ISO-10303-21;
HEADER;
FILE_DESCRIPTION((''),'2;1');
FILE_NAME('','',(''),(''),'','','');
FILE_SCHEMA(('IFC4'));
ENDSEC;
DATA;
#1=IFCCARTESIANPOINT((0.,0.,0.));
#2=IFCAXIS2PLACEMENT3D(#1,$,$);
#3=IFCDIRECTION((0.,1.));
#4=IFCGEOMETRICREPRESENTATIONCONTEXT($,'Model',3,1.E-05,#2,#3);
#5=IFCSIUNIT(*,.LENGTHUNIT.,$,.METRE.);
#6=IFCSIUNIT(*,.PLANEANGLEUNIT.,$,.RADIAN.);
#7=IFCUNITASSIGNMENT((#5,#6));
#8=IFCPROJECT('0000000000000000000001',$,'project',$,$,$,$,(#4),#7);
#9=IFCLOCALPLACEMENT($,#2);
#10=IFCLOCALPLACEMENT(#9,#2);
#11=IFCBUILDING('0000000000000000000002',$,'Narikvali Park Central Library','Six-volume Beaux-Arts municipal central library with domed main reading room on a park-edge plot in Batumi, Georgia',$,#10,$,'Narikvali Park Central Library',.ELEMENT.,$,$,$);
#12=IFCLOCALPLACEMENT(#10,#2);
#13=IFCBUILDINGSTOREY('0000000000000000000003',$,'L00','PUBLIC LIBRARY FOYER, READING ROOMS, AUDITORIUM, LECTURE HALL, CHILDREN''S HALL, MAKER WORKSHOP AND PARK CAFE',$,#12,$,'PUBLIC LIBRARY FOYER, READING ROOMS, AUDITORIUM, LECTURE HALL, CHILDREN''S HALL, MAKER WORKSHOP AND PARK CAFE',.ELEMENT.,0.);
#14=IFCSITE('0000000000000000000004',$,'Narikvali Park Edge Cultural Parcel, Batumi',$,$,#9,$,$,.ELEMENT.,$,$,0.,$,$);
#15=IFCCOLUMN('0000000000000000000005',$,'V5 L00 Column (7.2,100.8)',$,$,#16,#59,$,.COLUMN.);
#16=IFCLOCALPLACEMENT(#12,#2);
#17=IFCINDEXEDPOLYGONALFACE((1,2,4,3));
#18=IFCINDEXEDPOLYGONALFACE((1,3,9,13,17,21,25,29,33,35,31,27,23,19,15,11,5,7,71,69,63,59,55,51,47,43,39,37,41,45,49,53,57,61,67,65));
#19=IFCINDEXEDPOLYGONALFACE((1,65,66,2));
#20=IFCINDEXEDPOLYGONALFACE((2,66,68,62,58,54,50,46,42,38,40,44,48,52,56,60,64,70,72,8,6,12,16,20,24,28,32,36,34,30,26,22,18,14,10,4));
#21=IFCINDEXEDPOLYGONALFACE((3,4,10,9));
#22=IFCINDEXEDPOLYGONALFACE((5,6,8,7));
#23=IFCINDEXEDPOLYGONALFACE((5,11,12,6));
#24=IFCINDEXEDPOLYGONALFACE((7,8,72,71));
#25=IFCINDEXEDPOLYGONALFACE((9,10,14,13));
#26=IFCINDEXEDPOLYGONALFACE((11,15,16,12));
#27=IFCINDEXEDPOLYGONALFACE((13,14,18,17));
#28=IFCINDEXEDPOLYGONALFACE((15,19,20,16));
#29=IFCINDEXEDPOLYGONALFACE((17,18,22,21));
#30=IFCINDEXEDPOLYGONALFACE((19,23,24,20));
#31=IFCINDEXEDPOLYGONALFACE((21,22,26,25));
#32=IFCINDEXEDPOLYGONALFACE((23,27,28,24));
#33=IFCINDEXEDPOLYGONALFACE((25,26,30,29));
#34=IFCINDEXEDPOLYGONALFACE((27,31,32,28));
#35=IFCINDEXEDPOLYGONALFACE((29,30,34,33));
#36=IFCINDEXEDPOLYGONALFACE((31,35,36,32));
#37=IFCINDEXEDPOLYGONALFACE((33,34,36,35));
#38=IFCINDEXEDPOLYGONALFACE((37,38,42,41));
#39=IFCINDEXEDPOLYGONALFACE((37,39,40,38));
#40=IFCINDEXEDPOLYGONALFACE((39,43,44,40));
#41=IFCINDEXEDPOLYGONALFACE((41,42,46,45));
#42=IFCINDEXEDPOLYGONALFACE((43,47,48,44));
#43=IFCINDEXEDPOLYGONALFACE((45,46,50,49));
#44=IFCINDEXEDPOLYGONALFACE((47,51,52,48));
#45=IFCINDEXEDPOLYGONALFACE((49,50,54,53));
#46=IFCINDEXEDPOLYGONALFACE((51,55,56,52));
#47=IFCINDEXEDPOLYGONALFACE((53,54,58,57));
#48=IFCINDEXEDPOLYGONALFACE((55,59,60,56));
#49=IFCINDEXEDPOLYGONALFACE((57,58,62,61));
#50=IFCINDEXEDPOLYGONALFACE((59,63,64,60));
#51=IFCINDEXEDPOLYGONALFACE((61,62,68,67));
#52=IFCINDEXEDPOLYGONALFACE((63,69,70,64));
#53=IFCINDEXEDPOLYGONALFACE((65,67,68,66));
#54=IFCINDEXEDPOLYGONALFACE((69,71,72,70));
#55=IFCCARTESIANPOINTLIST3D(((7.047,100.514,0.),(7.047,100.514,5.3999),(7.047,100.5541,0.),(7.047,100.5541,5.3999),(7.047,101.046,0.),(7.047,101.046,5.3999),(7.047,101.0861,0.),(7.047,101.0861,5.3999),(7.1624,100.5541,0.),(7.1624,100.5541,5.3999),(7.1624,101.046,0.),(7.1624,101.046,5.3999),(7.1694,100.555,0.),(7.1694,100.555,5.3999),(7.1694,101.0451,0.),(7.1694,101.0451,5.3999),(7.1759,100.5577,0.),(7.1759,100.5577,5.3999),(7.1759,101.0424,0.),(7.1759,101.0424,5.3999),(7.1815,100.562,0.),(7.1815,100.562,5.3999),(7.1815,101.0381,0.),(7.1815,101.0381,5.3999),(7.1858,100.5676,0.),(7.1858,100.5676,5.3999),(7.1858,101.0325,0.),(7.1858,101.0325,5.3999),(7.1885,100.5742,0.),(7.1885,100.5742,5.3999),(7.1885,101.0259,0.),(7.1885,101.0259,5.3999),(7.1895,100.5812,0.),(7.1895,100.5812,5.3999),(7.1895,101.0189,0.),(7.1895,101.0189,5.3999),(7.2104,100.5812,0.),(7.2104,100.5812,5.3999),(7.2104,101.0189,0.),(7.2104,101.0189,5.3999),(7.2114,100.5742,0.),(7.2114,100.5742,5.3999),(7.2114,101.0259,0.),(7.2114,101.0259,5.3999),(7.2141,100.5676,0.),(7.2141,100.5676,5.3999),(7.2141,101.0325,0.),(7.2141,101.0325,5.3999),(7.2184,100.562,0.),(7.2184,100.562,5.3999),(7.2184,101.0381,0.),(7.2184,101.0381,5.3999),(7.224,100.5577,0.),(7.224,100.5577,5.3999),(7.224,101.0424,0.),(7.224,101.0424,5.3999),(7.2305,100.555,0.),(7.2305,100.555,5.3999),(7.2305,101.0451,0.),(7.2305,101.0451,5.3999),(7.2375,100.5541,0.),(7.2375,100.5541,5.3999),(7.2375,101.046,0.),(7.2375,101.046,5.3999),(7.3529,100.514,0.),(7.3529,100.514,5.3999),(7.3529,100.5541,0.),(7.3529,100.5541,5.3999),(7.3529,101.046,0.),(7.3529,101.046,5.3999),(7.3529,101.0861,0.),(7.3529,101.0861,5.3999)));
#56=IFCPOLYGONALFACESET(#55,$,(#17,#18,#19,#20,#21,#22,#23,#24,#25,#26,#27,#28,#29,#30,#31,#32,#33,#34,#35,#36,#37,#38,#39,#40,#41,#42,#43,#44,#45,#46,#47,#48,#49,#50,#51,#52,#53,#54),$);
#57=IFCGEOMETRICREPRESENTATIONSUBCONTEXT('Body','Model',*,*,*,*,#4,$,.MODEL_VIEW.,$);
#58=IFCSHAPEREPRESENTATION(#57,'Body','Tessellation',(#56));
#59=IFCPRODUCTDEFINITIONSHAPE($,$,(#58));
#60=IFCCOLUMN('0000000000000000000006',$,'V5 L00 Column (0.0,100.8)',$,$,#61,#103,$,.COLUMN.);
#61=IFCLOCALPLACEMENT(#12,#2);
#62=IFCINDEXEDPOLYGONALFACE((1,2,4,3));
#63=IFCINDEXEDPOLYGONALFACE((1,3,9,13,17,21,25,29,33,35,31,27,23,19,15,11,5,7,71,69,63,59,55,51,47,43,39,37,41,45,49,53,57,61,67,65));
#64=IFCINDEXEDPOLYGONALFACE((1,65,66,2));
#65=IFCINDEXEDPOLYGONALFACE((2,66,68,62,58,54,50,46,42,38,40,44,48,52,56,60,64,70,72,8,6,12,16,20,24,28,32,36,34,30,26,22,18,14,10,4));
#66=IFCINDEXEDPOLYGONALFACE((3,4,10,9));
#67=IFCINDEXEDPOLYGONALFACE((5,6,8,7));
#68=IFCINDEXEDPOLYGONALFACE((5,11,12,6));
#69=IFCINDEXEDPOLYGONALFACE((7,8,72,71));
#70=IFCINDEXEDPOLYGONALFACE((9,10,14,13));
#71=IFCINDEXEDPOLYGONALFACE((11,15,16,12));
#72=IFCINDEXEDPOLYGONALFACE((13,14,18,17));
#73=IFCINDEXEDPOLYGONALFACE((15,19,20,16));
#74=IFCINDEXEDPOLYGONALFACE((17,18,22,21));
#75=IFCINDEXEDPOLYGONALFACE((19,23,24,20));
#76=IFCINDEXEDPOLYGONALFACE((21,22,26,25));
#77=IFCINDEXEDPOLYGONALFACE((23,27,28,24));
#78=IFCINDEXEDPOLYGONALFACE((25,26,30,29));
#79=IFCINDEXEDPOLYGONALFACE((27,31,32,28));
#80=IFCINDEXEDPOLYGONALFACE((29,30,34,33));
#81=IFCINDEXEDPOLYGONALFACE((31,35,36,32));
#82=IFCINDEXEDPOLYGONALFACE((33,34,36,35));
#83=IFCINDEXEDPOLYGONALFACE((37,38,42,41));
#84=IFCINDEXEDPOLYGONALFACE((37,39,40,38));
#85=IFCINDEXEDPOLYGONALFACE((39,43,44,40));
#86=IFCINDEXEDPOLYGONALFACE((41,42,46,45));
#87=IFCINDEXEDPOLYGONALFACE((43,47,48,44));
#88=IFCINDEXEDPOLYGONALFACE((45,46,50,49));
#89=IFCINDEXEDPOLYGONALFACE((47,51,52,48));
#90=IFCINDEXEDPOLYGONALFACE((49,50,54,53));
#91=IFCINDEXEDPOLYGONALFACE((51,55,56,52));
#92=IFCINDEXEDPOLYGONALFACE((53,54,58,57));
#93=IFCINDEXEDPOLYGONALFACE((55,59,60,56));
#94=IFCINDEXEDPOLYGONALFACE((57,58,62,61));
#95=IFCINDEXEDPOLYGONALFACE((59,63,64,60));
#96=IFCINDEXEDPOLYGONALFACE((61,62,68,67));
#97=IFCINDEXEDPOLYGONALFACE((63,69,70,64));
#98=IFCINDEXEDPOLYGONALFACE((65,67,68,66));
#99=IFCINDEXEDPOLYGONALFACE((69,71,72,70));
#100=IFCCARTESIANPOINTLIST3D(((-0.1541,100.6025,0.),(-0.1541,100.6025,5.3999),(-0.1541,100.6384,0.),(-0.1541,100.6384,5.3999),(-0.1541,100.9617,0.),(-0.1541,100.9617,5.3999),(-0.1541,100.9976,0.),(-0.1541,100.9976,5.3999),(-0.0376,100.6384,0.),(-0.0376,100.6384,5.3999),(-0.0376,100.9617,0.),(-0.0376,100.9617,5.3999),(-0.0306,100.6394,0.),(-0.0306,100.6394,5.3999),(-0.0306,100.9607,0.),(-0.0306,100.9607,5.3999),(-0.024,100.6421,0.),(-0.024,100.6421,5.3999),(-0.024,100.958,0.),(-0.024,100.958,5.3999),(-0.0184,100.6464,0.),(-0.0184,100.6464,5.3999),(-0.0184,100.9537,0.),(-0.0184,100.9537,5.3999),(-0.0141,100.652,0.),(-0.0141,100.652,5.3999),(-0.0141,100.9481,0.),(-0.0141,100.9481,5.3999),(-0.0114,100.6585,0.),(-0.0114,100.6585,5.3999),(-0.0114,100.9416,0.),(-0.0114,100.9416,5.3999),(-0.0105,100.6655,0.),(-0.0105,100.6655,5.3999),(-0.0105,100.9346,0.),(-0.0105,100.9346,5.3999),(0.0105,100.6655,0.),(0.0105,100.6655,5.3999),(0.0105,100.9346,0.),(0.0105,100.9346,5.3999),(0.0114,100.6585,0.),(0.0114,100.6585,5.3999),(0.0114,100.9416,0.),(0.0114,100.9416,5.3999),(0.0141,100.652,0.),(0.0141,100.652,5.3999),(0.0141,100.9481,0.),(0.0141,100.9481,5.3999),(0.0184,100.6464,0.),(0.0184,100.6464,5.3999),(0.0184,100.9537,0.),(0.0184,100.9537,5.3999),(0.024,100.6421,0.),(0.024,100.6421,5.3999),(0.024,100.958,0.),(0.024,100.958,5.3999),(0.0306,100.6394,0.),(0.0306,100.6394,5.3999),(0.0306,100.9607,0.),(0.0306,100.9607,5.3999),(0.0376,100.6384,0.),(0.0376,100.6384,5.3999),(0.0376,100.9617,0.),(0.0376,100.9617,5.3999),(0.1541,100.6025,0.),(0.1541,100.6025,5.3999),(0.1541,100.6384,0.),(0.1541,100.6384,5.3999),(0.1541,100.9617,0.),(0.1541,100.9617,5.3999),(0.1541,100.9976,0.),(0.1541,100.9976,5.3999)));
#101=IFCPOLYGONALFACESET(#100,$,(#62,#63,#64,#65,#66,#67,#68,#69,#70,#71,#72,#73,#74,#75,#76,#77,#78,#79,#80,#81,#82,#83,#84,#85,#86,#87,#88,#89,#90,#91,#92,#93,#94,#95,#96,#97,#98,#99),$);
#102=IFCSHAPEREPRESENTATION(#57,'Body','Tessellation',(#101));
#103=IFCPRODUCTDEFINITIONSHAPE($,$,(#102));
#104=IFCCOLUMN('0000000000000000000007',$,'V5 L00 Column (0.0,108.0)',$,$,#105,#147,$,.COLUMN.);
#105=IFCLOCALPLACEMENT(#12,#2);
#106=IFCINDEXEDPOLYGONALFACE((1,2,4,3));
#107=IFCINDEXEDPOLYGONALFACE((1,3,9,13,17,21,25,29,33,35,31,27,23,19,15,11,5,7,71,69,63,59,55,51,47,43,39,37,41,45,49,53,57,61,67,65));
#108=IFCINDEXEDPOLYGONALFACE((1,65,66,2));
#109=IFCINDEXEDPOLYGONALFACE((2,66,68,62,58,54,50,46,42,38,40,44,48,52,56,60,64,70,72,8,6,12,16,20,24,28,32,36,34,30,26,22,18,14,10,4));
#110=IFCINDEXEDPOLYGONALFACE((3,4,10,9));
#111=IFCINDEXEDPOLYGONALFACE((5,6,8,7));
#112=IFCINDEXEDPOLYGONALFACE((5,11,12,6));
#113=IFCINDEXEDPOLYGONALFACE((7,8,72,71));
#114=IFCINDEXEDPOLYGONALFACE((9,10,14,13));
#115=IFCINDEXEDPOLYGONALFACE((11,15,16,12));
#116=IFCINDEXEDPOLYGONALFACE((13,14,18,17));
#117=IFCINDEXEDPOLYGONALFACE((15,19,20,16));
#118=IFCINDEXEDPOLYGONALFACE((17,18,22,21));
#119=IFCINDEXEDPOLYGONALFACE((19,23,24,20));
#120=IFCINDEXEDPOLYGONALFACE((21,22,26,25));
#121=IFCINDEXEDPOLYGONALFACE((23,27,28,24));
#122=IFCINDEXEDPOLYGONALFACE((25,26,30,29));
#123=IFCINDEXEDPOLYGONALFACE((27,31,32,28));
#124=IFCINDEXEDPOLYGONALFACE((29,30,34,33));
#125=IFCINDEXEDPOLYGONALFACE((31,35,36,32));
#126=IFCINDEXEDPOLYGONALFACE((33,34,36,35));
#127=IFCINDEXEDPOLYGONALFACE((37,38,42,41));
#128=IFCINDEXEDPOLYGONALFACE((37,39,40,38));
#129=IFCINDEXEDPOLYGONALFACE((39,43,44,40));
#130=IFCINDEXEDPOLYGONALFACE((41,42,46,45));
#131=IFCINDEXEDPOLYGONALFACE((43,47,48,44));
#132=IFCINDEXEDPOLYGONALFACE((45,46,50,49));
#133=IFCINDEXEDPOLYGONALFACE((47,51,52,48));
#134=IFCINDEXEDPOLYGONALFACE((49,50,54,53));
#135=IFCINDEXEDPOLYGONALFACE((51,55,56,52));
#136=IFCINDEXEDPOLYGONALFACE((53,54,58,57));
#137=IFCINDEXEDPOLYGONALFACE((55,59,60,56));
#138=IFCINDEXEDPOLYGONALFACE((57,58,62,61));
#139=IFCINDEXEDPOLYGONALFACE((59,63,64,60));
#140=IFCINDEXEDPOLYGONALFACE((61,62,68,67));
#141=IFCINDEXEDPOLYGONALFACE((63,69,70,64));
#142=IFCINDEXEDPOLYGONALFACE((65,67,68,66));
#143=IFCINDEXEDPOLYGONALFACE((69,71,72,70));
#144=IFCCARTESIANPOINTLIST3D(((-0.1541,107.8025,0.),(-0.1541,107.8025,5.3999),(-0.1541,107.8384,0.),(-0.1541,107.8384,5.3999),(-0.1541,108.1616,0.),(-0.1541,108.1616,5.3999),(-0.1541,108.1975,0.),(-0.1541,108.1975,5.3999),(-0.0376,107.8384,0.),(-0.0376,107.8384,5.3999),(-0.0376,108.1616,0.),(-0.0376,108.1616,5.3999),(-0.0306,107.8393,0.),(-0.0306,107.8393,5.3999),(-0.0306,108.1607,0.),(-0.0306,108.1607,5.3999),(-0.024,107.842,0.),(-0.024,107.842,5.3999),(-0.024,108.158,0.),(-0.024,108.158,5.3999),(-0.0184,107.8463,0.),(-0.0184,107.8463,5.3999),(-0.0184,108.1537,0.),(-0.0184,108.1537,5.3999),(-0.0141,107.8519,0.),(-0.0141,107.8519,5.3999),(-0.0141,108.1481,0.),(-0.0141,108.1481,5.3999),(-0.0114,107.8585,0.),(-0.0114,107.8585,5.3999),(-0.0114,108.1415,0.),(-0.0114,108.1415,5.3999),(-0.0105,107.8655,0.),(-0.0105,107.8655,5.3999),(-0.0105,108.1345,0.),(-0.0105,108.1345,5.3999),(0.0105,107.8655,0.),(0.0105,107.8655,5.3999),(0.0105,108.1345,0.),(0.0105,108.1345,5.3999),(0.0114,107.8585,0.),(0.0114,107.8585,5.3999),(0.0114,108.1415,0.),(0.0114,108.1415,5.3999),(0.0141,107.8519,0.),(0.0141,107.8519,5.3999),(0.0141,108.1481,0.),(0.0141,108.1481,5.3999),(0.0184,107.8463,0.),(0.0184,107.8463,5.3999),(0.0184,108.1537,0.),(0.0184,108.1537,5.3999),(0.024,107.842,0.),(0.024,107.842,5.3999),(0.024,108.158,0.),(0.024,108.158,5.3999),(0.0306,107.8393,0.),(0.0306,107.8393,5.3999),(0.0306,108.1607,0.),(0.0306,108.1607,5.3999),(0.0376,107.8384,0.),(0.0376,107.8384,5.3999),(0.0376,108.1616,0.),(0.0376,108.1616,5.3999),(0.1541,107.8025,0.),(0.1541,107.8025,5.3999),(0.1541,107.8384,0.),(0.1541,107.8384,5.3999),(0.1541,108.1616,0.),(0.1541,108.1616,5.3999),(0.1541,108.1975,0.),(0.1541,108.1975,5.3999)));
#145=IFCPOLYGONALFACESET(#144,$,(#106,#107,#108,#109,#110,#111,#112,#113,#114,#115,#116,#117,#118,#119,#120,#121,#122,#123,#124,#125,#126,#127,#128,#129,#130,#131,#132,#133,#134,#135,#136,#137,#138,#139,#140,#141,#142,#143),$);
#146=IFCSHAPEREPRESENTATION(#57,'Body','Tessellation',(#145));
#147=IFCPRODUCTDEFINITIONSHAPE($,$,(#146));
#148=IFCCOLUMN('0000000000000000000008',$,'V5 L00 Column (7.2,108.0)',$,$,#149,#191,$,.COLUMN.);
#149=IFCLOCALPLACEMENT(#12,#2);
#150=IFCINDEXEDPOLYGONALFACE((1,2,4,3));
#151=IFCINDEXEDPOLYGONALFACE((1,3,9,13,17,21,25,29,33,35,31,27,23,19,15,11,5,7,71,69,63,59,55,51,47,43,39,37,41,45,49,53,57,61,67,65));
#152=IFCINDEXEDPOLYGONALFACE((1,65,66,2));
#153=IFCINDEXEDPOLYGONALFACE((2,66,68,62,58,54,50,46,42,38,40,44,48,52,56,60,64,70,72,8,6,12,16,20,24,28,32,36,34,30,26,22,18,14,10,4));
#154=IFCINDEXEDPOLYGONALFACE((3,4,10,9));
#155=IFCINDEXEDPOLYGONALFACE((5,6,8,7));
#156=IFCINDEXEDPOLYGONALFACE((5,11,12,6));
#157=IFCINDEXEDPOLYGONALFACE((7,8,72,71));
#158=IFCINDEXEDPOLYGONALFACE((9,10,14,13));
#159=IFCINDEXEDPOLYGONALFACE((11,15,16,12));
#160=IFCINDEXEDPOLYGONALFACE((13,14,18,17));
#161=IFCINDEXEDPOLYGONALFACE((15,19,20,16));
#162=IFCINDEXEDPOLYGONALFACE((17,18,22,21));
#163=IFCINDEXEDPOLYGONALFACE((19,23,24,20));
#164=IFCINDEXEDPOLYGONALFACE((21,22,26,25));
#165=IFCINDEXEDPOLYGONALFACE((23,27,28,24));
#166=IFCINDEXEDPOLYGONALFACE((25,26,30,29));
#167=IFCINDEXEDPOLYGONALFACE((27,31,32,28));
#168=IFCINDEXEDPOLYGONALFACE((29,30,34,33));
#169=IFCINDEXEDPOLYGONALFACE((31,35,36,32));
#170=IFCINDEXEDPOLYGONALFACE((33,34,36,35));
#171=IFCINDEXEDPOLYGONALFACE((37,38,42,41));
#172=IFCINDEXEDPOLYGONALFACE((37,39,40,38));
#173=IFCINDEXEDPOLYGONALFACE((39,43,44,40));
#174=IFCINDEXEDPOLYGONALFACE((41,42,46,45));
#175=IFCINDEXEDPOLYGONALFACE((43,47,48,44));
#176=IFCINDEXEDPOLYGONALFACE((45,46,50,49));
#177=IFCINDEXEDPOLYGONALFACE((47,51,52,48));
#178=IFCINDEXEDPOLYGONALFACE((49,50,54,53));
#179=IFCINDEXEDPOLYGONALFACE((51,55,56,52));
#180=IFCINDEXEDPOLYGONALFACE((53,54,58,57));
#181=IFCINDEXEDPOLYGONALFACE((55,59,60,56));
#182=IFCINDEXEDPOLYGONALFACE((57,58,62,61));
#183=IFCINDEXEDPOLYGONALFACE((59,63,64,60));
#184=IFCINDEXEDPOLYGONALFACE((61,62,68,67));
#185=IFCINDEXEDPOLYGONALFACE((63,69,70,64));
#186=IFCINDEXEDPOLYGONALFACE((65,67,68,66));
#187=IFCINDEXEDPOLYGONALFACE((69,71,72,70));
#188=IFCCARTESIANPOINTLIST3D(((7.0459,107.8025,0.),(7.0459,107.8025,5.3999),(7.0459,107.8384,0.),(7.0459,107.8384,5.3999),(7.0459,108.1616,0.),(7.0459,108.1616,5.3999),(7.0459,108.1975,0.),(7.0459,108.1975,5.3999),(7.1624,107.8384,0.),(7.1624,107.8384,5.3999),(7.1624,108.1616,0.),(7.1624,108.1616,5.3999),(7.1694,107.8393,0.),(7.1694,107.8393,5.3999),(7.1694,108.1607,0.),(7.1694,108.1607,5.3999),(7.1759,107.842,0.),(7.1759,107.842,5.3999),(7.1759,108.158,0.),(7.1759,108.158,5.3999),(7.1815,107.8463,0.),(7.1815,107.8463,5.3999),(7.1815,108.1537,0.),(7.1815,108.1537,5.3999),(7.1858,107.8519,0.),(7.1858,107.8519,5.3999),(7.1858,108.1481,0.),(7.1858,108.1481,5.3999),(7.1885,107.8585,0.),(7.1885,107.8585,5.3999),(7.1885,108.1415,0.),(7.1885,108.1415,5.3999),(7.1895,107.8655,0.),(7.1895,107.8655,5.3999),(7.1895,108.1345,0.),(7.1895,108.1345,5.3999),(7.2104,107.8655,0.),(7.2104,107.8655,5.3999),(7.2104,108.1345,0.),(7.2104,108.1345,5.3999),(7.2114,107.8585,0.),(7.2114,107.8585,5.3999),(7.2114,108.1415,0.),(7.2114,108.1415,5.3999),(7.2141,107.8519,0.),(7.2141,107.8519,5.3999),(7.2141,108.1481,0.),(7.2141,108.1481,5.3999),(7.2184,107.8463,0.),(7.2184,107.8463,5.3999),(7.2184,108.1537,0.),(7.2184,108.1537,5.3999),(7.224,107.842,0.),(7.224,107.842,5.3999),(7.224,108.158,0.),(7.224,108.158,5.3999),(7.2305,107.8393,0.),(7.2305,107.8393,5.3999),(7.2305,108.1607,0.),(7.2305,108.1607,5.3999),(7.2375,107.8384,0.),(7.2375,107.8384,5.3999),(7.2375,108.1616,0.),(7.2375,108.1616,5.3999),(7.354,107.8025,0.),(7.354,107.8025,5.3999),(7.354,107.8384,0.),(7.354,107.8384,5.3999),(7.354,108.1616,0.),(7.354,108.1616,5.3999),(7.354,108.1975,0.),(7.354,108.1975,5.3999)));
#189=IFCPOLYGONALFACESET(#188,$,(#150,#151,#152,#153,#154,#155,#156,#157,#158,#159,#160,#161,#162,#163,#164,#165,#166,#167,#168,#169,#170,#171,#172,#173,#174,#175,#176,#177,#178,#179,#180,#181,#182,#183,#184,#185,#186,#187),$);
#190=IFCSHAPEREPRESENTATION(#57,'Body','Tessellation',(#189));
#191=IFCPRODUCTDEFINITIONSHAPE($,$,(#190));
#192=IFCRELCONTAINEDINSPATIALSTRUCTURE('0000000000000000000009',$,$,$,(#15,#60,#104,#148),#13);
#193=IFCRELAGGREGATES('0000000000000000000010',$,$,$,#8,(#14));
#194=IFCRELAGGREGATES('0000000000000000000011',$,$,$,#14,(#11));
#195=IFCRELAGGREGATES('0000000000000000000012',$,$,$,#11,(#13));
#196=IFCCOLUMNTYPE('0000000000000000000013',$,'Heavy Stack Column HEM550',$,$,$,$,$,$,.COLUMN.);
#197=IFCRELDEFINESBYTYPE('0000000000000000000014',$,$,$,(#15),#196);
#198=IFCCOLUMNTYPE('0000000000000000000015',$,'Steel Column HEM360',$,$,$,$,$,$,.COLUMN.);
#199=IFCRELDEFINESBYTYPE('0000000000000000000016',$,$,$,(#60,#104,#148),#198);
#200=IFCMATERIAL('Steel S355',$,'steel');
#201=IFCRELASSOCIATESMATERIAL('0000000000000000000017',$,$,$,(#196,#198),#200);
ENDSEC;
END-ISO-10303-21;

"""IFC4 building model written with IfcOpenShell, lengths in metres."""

from ifc_helpers import new_model, si_unit, direction, frame, origin, origin_2d, place, context, subcontext, project, spatial, i_section, extrude, material, material_profile, profile_set, type_object, element, save


model = new_model("IFC4")

# Units and contexts
model_context = context("Model", 3, precision=1e-05, world=origin(), true_north=direction((0.0, 1.0)))
body_context = subcontext(model_context, "Body", "Model", "MODEL_VIEW")
ifc_project = project(units=[si_unit("LENGTHUNIT", "METRE"), si_unit("PLANEANGLEUNIT", "RADIAN")], contexts=[model_context])

# Site, building, storey
site_placement = place(None, origin())
site = spatial("IfcSite", under=ifc_project, at=site_placement, Name="Narikvali Park Edge Cultural Parcel, Batumi", CompositionType="ELEMENT", RefElevation=0.0)
building_placement = place(site_placement, origin())
building = spatial("IfcBuilding", under=site, at=building_placement, Name="Narikvali Park Central Library", Description="Six-volume Beaux-Arts municipal central library with domed main reading room on a park-edge plot in Batumi, Georgia", LongName="Narikvali Park Central Library", CompositionType="ELEMENT")
storey_placement = place(building_placement, origin())
storey = spatial("IfcBuildingStorey", under=building, at=storey_placement, Name="L00", Description="PUBLIC LIBRARY FOYER, READING ROOMS, AUDITORIUM, LECTURE HALL, CHILDREN'S HALL, MAKER WORKSHOP AND PARK CAFE", LongName="PUBLIC LIBRARY FOYER, READING ROOMS, AUDITORIUM, LECTURE HALL, CHILDREN'S HALL, MAKER WORKSHOP AND PARK CAFE", CompositionType="ELEMENT", Elevation=0.0)

# Columns
ifc_material_1 = material(Name="Steel S355", Category="steel")
ifc_material_profile_1 = material_profile(ifc_material_1, i_section(OverallWidth=0.3059, OverallDepth=0.572, WebThickness=0.021, FlangeThickness=0.04, FilletRadius=0.0271, at=origin_2d()), Name="HEM 550")
ifc_profile_set_1 = profile_set([ifc_material_profile_1], Name="Steel S355")
column_type_1 = type_object("IfcColumnType", Name="Heavy Stack Column HEM550", PredefinedType="COLUMN", material=ifc_profile_set_1)
column_placement = place(storey_placement, frame((7.2, 100.8, 0.0), z_axis=(0.0, 0.0, 1.0), x_axis=(1.0, 0.0, 0.0)))
element("IfcColumn", 1, at=column_placement, inside=storey, type_object=column_type_1, Name="V5 L00 Column (7.2,100.8)", PredefinedType="COLUMN", context=body_context, shape_type="SweptSolid", body=[
    extrude(i_section(OverallWidth=0.3059, OverallDepth=0.572, WebThickness=0.021, FlangeThickness=0.04, FilletRadius=0.0271, at=origin_2d()), origin(), (0.0, 0.0, 1.0), 5.3999),
])
ifc_material_profile_2 = material_profile(ifc_material_1, i_section(OverallWidth=0.3081, OverallDepth=0.395, WebThickness=0.021, FlangeThickness=0.0359, FilletRadius=0.0271, at=origin_2d()), Name="HEM 360")
ifc_profile_set_2 = profile_set([ifc_material_profile_2], Name="Steel S355")
column_type_2 = type_object("IfcColumnType", Name="Steel Column HEM360", PredefinedType="COLUMN", material=ifc_profile_set_2)
for number, where, z_axis, x_axis, name in (
    (2, (0.0, 100.8, 0.0), (0.0, 0.0, 1.0), (1.0, 0.0, 0.0), "V5 L00 Column (0.0,100.8)"),
    (3, (0.0, 108.0, 0.0), (0.0, 0.0, 1.0), (1.0, 0.0, 0.0), "V5 L00 Column (0.0,108.0)"),
    (4, (7.2, 108.0, 0.0), (0.0, 0.0, 1.0), (1.0, 0.0, 0.0), "V5 L00 Column (7.2,108.0)"),
):
    element("IfcColumn", number, at=place(storey_placement, frame(where, z_axis=z_axis, x_axis=x_axis)), inside=storey, type_object=column_type_2, Name=name, PredefinedType="COLUMN", context=body_context, shape_type="SweptSolid", body=[
        extrude(i_section(OverallWidth=0.3081, OverallDepth=0.395, WebThickness=0.021, FlangeThickness=0.0359, FilletRadius=0.0271, at=origin_2d()), origin(), (0.0, 0.0, 1.0), 5.3999),
    ])

save(model, "model.ifc")
